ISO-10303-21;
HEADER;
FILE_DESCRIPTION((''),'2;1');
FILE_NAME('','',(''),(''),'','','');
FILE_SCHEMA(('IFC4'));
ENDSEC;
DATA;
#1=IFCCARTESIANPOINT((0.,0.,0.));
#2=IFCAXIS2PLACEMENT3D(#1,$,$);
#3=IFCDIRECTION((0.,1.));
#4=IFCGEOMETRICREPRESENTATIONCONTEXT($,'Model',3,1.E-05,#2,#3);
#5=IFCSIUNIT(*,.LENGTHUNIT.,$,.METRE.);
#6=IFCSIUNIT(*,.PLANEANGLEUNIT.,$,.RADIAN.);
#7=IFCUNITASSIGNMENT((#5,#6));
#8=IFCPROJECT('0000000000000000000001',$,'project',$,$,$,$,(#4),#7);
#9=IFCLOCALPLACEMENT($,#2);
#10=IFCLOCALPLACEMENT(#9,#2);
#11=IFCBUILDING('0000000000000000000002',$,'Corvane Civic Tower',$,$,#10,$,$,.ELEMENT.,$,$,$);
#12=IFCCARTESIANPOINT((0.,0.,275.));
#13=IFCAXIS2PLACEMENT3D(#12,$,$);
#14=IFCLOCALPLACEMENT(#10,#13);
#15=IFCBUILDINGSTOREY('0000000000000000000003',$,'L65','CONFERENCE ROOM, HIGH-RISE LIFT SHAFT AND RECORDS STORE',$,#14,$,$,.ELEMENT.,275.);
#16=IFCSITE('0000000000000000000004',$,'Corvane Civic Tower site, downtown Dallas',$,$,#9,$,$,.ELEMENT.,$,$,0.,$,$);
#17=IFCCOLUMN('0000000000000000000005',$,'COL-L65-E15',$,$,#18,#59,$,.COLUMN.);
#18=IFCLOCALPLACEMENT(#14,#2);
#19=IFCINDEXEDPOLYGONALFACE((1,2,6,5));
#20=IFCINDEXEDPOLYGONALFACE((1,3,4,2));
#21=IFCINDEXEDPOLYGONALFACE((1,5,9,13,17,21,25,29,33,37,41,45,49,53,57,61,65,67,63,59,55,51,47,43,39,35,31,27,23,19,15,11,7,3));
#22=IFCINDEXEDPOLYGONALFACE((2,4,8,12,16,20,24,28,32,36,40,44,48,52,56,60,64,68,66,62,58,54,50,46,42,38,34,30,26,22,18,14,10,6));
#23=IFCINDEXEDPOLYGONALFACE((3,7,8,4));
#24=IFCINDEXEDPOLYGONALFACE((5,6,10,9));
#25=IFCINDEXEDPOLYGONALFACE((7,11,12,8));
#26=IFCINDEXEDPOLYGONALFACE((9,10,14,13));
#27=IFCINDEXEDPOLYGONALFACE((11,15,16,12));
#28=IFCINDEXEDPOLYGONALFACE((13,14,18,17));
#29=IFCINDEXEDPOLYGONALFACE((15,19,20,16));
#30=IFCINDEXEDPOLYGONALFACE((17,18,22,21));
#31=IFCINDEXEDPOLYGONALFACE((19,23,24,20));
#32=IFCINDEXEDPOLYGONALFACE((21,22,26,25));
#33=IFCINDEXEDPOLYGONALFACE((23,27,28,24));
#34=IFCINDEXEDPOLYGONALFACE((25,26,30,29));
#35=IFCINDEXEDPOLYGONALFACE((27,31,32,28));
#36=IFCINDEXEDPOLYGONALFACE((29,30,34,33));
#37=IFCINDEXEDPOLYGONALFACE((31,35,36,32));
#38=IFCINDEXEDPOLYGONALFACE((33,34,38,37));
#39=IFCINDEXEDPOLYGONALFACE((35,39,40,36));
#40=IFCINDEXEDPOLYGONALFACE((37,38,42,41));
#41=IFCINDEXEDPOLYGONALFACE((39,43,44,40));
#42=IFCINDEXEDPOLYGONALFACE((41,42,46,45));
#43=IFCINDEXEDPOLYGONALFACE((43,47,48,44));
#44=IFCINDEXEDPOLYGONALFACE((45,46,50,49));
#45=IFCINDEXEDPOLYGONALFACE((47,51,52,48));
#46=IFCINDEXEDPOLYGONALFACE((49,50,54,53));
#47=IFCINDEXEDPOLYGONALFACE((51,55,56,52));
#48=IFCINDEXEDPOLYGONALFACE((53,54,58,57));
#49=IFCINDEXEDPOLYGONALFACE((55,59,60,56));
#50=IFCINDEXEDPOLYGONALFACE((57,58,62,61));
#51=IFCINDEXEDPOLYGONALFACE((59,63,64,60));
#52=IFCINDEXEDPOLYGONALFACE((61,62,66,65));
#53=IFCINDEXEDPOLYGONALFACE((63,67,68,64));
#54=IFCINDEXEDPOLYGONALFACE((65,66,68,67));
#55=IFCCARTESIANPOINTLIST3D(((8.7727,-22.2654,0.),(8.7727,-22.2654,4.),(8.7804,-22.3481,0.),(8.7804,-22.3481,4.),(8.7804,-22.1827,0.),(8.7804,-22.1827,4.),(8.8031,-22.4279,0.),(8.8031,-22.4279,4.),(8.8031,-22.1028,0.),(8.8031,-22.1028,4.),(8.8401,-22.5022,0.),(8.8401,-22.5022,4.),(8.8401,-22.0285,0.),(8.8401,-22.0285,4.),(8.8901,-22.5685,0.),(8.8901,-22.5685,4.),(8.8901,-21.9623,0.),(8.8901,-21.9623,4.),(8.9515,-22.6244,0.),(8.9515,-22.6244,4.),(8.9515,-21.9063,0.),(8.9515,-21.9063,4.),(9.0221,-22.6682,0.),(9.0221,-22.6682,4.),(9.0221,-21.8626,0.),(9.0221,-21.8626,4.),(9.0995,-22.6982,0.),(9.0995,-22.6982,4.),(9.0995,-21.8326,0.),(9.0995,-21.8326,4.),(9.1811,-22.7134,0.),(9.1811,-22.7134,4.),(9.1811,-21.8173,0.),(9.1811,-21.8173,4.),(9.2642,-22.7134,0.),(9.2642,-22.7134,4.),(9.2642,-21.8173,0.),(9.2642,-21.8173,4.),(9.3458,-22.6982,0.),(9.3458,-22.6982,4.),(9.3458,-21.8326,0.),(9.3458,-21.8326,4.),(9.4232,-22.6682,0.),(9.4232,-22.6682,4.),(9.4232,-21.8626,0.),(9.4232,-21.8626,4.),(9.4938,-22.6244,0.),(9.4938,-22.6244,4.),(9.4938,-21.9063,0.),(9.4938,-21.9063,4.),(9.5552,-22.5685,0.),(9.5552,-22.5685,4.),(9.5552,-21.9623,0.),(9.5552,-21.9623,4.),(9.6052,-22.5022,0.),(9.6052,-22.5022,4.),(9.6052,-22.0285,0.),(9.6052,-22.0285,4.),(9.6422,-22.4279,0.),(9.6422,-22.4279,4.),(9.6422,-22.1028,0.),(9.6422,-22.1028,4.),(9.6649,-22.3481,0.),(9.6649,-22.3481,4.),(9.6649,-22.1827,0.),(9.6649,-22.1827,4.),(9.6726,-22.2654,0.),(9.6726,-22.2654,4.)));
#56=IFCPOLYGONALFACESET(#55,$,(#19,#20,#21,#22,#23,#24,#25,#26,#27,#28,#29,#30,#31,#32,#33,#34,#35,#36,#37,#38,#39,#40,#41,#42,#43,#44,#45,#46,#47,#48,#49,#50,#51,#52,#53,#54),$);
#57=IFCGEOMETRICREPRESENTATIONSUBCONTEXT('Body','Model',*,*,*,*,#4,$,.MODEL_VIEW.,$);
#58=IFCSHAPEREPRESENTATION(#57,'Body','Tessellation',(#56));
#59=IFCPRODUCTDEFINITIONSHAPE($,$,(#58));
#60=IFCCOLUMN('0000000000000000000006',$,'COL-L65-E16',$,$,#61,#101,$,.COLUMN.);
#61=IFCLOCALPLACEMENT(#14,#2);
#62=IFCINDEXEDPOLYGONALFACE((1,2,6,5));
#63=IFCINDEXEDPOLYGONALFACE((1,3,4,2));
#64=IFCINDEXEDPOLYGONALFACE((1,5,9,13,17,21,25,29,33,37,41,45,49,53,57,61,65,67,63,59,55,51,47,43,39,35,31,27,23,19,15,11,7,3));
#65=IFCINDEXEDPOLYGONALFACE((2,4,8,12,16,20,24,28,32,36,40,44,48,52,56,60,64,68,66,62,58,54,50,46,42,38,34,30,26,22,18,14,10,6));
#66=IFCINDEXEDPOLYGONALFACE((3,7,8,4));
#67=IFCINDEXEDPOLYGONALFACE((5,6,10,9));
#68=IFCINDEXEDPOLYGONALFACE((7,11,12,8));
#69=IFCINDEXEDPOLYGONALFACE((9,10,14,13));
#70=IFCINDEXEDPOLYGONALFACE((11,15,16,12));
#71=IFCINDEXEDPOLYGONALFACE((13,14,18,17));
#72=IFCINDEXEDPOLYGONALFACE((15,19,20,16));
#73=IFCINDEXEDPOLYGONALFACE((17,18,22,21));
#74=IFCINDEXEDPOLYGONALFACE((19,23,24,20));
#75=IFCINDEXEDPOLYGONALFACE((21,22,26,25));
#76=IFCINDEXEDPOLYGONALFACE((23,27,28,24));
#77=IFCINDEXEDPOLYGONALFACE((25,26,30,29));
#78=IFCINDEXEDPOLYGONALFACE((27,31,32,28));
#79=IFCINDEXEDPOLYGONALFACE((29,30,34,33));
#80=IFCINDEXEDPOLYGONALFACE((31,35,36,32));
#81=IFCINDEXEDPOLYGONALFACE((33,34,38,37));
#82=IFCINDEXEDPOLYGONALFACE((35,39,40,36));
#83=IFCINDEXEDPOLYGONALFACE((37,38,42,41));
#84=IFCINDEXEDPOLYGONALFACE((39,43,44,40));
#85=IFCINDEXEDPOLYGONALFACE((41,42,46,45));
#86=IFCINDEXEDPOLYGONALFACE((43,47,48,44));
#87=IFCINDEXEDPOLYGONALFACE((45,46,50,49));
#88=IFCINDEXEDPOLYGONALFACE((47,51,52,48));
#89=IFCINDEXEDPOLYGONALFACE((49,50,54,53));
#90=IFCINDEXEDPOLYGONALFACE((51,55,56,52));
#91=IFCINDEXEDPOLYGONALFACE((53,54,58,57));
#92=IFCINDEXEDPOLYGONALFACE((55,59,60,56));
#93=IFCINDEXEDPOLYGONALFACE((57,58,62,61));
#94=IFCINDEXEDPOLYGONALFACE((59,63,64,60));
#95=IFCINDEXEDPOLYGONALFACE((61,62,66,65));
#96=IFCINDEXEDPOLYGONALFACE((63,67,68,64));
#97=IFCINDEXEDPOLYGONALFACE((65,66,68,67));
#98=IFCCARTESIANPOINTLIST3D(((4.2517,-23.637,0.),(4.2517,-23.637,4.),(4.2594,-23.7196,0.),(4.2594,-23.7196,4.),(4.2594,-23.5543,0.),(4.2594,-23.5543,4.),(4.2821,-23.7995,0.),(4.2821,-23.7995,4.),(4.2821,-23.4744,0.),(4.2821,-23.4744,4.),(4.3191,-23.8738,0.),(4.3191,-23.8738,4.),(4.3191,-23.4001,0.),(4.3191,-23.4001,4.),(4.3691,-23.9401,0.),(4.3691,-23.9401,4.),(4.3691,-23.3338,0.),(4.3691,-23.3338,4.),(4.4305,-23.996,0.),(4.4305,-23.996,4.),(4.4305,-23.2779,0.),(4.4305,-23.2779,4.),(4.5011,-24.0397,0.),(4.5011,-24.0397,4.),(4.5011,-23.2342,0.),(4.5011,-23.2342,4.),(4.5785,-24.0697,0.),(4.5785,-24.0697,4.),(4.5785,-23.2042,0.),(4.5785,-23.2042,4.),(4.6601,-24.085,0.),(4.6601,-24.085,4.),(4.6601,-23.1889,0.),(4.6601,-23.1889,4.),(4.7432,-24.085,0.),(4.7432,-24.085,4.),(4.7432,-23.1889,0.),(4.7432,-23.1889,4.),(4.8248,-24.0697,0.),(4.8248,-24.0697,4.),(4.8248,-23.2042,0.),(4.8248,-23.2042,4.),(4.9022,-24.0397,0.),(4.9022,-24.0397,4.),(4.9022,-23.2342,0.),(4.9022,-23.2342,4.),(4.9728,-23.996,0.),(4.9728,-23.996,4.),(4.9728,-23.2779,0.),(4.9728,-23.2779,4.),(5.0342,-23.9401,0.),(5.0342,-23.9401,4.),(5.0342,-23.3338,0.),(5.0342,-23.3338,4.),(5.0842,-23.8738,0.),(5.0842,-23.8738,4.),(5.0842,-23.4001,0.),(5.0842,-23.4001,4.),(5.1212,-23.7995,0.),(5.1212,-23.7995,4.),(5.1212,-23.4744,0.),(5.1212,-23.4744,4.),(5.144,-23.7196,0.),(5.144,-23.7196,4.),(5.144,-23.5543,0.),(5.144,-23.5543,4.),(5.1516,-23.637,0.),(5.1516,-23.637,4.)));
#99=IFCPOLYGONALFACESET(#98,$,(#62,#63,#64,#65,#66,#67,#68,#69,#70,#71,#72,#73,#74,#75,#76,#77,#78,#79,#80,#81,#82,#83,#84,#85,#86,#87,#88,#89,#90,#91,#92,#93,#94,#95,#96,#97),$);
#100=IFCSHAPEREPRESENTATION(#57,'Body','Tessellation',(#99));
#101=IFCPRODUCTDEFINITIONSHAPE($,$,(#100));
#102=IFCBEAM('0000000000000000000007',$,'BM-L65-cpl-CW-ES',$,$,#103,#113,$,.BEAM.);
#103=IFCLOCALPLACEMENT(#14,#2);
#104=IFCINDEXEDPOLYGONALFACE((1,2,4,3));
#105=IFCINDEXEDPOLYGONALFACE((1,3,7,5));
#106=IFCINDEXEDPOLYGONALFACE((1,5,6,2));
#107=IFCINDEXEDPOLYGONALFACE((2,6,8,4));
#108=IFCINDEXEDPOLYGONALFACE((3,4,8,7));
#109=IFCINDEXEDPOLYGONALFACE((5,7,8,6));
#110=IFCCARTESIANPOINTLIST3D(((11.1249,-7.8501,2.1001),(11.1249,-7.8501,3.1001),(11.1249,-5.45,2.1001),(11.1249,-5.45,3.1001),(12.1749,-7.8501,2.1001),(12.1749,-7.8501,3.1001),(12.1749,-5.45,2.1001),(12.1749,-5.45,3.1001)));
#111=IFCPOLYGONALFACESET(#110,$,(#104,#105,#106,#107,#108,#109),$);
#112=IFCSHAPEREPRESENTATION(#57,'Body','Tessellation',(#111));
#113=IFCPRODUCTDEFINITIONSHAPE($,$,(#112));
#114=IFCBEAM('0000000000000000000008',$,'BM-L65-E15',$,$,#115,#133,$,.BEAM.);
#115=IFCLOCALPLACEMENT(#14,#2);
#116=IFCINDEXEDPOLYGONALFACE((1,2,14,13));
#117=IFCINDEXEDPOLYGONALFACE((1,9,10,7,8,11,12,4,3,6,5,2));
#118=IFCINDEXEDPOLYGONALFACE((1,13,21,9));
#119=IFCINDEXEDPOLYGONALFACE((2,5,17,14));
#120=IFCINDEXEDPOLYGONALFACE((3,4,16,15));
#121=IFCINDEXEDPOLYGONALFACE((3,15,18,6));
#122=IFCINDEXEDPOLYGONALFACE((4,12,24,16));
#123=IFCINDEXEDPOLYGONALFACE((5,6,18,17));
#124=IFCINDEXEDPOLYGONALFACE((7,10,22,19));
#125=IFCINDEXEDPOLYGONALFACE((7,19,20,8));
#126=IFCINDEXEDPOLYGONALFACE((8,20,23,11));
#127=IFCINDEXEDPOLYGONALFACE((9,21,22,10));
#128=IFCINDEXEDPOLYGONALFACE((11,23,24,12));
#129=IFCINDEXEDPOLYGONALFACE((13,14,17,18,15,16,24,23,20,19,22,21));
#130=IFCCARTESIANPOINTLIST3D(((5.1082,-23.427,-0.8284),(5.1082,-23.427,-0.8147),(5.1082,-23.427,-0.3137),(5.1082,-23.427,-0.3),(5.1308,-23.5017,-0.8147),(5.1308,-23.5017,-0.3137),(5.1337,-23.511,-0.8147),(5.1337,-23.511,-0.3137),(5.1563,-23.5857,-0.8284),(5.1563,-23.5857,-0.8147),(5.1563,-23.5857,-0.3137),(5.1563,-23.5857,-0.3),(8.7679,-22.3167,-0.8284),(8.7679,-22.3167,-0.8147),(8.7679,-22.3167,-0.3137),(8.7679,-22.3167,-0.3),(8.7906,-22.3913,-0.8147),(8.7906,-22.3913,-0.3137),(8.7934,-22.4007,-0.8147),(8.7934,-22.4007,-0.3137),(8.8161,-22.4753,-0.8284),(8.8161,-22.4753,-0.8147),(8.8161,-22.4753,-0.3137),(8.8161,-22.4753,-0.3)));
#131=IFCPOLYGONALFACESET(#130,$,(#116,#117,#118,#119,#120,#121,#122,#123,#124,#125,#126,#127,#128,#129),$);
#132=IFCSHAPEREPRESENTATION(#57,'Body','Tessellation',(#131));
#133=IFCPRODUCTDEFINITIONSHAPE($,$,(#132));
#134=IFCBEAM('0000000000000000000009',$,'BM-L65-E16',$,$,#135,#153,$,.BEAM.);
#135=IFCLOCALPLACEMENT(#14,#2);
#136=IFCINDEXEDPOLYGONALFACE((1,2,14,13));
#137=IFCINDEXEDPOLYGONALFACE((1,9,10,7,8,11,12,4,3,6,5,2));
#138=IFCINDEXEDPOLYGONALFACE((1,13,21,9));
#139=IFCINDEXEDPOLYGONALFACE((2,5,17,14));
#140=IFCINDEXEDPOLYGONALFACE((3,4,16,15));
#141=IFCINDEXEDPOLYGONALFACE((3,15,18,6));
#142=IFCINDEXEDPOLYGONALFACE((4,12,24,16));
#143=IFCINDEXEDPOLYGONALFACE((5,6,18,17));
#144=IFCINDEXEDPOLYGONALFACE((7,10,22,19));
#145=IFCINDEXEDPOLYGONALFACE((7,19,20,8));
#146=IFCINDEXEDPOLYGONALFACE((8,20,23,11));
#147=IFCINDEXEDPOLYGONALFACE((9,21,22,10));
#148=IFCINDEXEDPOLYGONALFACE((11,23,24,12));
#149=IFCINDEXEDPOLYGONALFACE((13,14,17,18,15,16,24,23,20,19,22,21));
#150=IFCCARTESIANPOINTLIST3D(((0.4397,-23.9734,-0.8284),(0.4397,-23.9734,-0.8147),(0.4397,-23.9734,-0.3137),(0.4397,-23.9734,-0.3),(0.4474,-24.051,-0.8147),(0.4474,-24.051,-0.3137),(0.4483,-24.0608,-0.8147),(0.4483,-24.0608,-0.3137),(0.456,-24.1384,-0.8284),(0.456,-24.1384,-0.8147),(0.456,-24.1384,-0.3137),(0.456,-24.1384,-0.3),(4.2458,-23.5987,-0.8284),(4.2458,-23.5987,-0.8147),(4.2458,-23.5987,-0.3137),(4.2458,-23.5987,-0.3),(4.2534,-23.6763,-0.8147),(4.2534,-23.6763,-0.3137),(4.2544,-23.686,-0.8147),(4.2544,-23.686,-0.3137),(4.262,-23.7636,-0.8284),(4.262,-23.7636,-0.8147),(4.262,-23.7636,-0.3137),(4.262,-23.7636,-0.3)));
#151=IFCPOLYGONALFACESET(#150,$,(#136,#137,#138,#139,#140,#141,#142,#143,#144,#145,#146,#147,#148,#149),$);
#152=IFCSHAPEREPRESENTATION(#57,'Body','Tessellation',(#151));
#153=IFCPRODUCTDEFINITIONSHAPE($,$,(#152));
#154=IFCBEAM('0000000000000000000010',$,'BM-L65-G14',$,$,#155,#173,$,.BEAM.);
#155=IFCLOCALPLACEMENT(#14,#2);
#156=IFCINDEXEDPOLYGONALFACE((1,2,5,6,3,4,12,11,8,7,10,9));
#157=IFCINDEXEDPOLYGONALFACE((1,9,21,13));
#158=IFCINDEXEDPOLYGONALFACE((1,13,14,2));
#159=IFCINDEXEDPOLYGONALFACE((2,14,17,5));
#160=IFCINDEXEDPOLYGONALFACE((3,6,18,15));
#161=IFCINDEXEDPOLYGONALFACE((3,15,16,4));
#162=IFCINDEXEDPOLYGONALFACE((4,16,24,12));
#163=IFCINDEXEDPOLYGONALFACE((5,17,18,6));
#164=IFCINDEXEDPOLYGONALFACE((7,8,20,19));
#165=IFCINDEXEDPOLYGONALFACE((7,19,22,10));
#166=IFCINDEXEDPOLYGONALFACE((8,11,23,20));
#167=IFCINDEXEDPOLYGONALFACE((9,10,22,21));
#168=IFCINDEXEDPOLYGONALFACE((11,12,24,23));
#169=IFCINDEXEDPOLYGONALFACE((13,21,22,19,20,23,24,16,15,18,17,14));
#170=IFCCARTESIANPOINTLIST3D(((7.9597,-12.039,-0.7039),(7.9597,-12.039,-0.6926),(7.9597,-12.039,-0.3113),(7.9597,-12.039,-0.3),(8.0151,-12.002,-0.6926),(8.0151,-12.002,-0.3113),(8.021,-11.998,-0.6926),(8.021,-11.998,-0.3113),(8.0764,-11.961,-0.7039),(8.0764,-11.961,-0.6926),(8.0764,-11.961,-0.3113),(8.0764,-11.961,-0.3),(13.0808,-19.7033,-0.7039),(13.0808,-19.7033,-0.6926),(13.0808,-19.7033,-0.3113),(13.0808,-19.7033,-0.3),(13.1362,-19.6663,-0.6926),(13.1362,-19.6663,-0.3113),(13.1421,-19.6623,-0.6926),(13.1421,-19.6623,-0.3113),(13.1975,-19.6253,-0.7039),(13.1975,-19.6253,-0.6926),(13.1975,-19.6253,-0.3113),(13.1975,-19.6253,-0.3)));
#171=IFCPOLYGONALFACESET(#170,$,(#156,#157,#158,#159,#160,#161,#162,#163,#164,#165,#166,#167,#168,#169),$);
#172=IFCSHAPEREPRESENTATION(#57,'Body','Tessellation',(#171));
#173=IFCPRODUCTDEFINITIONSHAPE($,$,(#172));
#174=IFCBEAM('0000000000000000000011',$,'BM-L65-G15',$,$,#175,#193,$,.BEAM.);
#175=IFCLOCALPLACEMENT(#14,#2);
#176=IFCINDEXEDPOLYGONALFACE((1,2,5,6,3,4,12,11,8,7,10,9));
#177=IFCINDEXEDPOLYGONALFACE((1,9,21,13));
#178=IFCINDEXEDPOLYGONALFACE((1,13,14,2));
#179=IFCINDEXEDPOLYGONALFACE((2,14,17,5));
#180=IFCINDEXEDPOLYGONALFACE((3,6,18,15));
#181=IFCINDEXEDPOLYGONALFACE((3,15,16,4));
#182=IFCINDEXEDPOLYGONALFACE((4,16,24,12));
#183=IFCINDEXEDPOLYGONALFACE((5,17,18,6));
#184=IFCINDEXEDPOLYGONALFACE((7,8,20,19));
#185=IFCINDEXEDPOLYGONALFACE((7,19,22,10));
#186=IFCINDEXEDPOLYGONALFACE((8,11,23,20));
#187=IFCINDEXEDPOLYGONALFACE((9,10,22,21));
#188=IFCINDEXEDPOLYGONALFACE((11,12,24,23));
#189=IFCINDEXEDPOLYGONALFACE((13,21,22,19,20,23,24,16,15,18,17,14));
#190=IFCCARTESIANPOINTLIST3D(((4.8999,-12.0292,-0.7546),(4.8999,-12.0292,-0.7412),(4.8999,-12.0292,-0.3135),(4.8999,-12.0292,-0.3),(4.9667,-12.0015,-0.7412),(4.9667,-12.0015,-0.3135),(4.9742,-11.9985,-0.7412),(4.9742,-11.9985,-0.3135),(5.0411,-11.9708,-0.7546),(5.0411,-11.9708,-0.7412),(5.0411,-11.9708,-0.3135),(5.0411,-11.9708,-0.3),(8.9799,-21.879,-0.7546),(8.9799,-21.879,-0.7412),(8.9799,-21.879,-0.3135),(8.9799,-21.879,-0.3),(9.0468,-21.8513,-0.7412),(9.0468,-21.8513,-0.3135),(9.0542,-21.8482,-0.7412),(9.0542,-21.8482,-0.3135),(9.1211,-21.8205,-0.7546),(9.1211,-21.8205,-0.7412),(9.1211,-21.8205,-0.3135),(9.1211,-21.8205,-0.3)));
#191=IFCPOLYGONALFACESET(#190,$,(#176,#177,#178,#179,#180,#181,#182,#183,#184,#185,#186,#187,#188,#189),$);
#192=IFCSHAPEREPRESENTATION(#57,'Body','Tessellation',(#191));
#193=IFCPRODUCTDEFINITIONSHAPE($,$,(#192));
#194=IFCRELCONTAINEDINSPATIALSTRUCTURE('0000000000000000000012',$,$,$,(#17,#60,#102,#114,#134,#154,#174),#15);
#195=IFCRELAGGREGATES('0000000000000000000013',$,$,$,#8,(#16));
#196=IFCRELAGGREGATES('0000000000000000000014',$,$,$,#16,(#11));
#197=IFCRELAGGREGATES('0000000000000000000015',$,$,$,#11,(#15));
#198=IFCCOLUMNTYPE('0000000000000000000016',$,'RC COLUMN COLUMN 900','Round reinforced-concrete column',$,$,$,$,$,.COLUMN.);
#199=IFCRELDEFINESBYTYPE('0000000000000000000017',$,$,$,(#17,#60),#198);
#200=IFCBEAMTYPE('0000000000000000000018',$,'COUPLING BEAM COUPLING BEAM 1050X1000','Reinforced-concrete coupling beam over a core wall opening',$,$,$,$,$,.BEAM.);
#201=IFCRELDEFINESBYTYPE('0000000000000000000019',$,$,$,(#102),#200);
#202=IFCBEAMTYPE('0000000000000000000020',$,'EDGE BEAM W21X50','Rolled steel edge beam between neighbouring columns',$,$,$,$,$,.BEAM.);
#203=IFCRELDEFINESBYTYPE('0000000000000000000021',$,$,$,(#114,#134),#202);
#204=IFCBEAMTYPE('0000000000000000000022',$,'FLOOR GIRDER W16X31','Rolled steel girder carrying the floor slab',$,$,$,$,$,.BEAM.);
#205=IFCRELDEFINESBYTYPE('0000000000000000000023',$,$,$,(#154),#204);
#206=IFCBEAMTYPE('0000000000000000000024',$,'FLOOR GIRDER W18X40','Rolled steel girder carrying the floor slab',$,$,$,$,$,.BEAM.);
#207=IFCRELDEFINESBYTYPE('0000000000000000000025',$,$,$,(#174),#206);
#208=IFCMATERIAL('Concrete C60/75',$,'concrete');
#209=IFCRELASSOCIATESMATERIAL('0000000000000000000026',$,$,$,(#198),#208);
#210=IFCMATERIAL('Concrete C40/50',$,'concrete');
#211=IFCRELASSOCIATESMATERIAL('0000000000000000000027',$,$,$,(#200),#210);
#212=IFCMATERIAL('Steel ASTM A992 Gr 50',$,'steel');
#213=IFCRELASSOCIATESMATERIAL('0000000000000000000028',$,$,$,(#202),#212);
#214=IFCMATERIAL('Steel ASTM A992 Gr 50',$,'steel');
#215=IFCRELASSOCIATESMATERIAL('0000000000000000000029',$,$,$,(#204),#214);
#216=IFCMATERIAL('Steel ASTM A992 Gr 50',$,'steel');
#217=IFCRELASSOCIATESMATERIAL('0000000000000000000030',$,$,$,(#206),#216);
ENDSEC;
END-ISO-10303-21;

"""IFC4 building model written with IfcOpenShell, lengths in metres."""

from ifc_helpers import new_model, si_unit, direction, frame, origin, origin_2d, place, context, subcontext, project, spatial, rectangle, circle, i_section, extrude, material, material_profile, profile_set, type_object, element, save


model = new_model("IFC4")

# Units and contexts
model_context = context("Model", 3, precision=1e-05, world=origin(), true_north=direction((0.0, 1.0)))
body_context = subcontext(model_context, "Body", "Model", "MODEL_VIEW")
ifc_project = project(units=[si_unit("LENGTHUNIT", "METRE"), si_unit("PLANEANGLEUNIT", "RADIAN")], contexts=[model_context])

# Site, building, storey
site_placement = place(None, origin())
site = spatial("IfcSite", under=ifc_project, at=site_placement, Name="Corvane Civic Tower site, downtown Dallas", CompositionType="ELEMENT", RefElevation=0.0)
building_placement = place(site_placement, origin())
building = spatial("IfcBuilding", under=site, at=building_placement, Name="Corvane Civic Tower", CompositionType="ELEMENT")
storey_placement = place(building_placement, frame((0.0, 0.0, 275.0)))
storey = spatial("IfcBuildingStorey", under=building, at=storey_placement, Name="L65", Description="CONFERENCE ROOM, HIGH-RISE LIFT SHAFT AND RECORDS STORE", CompositionType="ELEMENT", Elevation=275.0)

# Columns
ifc_material_1 = material(Name="Concrete C60/75", Category="concrete")
ifc_material_profile_1 = material_profile(ifc_material_1, circle(Radius=0.45, at=origin_2d()), Name="COLUMN 900")
ifc_profile_set_1 = profile_set([ifc_material_profile_1], Name="Concrete C60/75")
column_type = type_object("IfcColumnType", Name="RC COLUMN COLUMN 900", Description="Round reinforced-concrete column", PredefinedType="COLUMN", material=ifc_profile_set_1)
for number, where, z_axis, x_axis, name in (
    (1, (9.2227, -22.2654, 0.0), (0.0, 0.0, 1.0), (1.0, 0.0, 0.0), "COL-L65-E15"),
    (2, (4.7017, -23.637, 0.0), (0.0, 0.0, 1.0), (1.0, 0.0, 0.0), "COL-L65-E16"),
):
    element("IfcColumn", number, at=place(storey_placement, frame(where, z_axis=z_axis, x_axis=x_axis)), inside=storey, type_object=column_type, Name=name, PredefinedType="COLUMN", context=body_context, shape_type="SweptSolid", body=[
        extrude(circle(Radius=0.45, at=origin_2d()), origin(), (0.0, 0.0, 1.0), 4.0),
    ])

# Beams
ifc_material_2 = material(Name="Concrete C40/50", Category="concrete")
ifc_material_profile_2 = material_profile(ifc_material_2, rectangle(XDim=1.05, YDim=1.0, at=origin_2d()), Name="COUPLING BEAM 1050X1000")
ifc_profile_set_2 = profile_set([ifc_material_profile_2], Name="Concrete C40/50")
beam_type_1 = type_object("IfcBeamType", Name="COUPLING BEAM COUPLING BEAM 1050X1000", Description="Reinforced-concrete coupling beam over a core wall opening", PredefinedType="BEAM", material=ifc_profile_set_2)
beam_1_placement = place(storey_placement, frame((11.6499, -7.8501, 2.6001), z_axis=(0.0, 1.0, 0.0), x_axis=(-1.0, 0.0, 0.0)))
element("IfcBeam", 3, at=beam_1_placement, inside=storey, type_object=beam_type_1, Name="BM-L65-cpl-CW-ES", PredefinedType="BEAM", context=body_context, shape_type="SweptSolid", body=[
    extrude(rectangle(XDim=1.05, YDim=1.0, at=origin_2d()), origin(), (0.0, 0.0, 1.0), 2.4001),
])
ifc_material_3 = material(Name="Steel ASTM A992 Gr 50", Category="steel")
ifc_material_profile_3 = material_profile(ifc_material_3, i_section(OverallWidth=0.1658, OverallDepth=0.5283, WebThickness=0.0098, FlangeThickness=0.0137, at=origin_2d()), Name="W21X50")
ifc_profile_set_3 = profile_set([ifc_material_profile_3], Name="Steel ASTM A992 Gr 50")
beam_type_2 = type_object("IfcBeamType", Name="EDGE BEAM W21X50", Description="Rolled steel edge beam between neighbouring columns", PredefinedType="BEAM", material=ifc_profile_set_3)
for number, where, z_axis, x_axis, name in (
    (4, (8.792, -22.396, -0.5642), (-0.956926, -0.290333, 0.0), (0.290333, -0.956926, 0.0), "BM-L65-E15"),
    (5, (4.2539, -23.6812, -0.5642), (-0.995188, -0.097987, 0.0), (0.097987, -0.995188, 0.0), "BM-L65-E16"),
):
    element("IfcBeam", number, at=place(storey_placement, frame(where, z_axis=z_axis, x_axis=x_axis)), inside=storey, type_object=beam_type_2, Name=name, PredefinedType="BEAM", context=body_context, shape_type="SweptSolid", body=[
        extrude(i_section(OverallWidth=0.1658, OverallDepth=0.5283, WebThickness=0.0098, FlangeThickness=0.0137, at=origin_2d()), origin(), (0.0, 0.0, 1.0), 3.8245),
    ])
ifc_material_4 = material(Name="Steel ASTM A992 Gr 50", Category="steel")
ifc_material_profile_4 = material_profile(ifc_material_4, i_section(OverallWidth=0.1404, OverallDepth=0.4038, WebThickness=0.0071, FlangeThickness=0.0112, at=origin_2d()), Name="W16X31")
ifc_profile_set_4 = profile_set([ifc_material_profile_4], Name="Steel ASTM A992 Gr 50")
beam_type_3 = type_object("IfcBeamType", Name="FLOOR GIRDER W16X31", Description="Rolled steel girder carrying the floor slab", PredefinedType="BEAM", material=ifc_profile_set_4)
beam_2_placement = place(storey_placement, frame((8.0181, -12.0, -0.502), z_axis=(0.555568, -0.831471, 0.0), x_axis=(0.831471, 0.555568, 0.0)))
element("IfcBeam", 6, at=beam_2_placement, inside=storey, type_object=beam_type_3, Name="BM-L65-G14", PredefinedType="BEAM", context=body_context, shape_type="SweptSolid", body=[
    extrude(i_section(OverallWidth=0.1404, OverallDepth=0.4038, WebThickness=0.0071, FlangeThickness=0.0112, at=origin_2d()), origin(), (0.0, 0.0, 1.0), 9.2178),
])
ifc_material_5 = material(Name="Steel ASTM A992 Gr 50", Category="steel")
ifc_material_profile_5 = material_profile(ifc_material_5, i_section(OverallWidth=0.1528, OverallDepth=0.4546, WebThickness=0.0081, FlangeThickness=0.0134, at=origin_2d()), Name="W18X40")
ifc_profile_set_5 = profile_set([ifc_material_profile_5], Name="Steel ASTM A992 Gr 50")
beam_type_4 = type_object("IfcBeamType", Name="FLOOR GIRDER W18X40", Description="Rolled steel girder carrying the floor slab", PredefinedType="BEAM", material=ifc_profile_set_5)
beam_3_placement = place(storey_placement, frame((4.9705, -12.0, -0.5273), z_axis=(0.382694, -0.923875, 0.0), x_axis=(0.923875, 0.382694, 0.0)))
element("IfcBeam", 7, at=beam_3_placement, inside=storey, type_object=beam_type_4, Name="BM-L65-G15", PredefinedType="BEAM", context=body_context, shape_type="SweptSolid", body=[
    extrude(i_section(OverallWidth=0.1528, OverallDepth=0.4546, WebThickness=0.0081, FlangeThickness=0.0134, at=origin_2d()), origin(), (0.0, 0.0, 1.0), 10.6614),
])

save(model, "model.ifc")
